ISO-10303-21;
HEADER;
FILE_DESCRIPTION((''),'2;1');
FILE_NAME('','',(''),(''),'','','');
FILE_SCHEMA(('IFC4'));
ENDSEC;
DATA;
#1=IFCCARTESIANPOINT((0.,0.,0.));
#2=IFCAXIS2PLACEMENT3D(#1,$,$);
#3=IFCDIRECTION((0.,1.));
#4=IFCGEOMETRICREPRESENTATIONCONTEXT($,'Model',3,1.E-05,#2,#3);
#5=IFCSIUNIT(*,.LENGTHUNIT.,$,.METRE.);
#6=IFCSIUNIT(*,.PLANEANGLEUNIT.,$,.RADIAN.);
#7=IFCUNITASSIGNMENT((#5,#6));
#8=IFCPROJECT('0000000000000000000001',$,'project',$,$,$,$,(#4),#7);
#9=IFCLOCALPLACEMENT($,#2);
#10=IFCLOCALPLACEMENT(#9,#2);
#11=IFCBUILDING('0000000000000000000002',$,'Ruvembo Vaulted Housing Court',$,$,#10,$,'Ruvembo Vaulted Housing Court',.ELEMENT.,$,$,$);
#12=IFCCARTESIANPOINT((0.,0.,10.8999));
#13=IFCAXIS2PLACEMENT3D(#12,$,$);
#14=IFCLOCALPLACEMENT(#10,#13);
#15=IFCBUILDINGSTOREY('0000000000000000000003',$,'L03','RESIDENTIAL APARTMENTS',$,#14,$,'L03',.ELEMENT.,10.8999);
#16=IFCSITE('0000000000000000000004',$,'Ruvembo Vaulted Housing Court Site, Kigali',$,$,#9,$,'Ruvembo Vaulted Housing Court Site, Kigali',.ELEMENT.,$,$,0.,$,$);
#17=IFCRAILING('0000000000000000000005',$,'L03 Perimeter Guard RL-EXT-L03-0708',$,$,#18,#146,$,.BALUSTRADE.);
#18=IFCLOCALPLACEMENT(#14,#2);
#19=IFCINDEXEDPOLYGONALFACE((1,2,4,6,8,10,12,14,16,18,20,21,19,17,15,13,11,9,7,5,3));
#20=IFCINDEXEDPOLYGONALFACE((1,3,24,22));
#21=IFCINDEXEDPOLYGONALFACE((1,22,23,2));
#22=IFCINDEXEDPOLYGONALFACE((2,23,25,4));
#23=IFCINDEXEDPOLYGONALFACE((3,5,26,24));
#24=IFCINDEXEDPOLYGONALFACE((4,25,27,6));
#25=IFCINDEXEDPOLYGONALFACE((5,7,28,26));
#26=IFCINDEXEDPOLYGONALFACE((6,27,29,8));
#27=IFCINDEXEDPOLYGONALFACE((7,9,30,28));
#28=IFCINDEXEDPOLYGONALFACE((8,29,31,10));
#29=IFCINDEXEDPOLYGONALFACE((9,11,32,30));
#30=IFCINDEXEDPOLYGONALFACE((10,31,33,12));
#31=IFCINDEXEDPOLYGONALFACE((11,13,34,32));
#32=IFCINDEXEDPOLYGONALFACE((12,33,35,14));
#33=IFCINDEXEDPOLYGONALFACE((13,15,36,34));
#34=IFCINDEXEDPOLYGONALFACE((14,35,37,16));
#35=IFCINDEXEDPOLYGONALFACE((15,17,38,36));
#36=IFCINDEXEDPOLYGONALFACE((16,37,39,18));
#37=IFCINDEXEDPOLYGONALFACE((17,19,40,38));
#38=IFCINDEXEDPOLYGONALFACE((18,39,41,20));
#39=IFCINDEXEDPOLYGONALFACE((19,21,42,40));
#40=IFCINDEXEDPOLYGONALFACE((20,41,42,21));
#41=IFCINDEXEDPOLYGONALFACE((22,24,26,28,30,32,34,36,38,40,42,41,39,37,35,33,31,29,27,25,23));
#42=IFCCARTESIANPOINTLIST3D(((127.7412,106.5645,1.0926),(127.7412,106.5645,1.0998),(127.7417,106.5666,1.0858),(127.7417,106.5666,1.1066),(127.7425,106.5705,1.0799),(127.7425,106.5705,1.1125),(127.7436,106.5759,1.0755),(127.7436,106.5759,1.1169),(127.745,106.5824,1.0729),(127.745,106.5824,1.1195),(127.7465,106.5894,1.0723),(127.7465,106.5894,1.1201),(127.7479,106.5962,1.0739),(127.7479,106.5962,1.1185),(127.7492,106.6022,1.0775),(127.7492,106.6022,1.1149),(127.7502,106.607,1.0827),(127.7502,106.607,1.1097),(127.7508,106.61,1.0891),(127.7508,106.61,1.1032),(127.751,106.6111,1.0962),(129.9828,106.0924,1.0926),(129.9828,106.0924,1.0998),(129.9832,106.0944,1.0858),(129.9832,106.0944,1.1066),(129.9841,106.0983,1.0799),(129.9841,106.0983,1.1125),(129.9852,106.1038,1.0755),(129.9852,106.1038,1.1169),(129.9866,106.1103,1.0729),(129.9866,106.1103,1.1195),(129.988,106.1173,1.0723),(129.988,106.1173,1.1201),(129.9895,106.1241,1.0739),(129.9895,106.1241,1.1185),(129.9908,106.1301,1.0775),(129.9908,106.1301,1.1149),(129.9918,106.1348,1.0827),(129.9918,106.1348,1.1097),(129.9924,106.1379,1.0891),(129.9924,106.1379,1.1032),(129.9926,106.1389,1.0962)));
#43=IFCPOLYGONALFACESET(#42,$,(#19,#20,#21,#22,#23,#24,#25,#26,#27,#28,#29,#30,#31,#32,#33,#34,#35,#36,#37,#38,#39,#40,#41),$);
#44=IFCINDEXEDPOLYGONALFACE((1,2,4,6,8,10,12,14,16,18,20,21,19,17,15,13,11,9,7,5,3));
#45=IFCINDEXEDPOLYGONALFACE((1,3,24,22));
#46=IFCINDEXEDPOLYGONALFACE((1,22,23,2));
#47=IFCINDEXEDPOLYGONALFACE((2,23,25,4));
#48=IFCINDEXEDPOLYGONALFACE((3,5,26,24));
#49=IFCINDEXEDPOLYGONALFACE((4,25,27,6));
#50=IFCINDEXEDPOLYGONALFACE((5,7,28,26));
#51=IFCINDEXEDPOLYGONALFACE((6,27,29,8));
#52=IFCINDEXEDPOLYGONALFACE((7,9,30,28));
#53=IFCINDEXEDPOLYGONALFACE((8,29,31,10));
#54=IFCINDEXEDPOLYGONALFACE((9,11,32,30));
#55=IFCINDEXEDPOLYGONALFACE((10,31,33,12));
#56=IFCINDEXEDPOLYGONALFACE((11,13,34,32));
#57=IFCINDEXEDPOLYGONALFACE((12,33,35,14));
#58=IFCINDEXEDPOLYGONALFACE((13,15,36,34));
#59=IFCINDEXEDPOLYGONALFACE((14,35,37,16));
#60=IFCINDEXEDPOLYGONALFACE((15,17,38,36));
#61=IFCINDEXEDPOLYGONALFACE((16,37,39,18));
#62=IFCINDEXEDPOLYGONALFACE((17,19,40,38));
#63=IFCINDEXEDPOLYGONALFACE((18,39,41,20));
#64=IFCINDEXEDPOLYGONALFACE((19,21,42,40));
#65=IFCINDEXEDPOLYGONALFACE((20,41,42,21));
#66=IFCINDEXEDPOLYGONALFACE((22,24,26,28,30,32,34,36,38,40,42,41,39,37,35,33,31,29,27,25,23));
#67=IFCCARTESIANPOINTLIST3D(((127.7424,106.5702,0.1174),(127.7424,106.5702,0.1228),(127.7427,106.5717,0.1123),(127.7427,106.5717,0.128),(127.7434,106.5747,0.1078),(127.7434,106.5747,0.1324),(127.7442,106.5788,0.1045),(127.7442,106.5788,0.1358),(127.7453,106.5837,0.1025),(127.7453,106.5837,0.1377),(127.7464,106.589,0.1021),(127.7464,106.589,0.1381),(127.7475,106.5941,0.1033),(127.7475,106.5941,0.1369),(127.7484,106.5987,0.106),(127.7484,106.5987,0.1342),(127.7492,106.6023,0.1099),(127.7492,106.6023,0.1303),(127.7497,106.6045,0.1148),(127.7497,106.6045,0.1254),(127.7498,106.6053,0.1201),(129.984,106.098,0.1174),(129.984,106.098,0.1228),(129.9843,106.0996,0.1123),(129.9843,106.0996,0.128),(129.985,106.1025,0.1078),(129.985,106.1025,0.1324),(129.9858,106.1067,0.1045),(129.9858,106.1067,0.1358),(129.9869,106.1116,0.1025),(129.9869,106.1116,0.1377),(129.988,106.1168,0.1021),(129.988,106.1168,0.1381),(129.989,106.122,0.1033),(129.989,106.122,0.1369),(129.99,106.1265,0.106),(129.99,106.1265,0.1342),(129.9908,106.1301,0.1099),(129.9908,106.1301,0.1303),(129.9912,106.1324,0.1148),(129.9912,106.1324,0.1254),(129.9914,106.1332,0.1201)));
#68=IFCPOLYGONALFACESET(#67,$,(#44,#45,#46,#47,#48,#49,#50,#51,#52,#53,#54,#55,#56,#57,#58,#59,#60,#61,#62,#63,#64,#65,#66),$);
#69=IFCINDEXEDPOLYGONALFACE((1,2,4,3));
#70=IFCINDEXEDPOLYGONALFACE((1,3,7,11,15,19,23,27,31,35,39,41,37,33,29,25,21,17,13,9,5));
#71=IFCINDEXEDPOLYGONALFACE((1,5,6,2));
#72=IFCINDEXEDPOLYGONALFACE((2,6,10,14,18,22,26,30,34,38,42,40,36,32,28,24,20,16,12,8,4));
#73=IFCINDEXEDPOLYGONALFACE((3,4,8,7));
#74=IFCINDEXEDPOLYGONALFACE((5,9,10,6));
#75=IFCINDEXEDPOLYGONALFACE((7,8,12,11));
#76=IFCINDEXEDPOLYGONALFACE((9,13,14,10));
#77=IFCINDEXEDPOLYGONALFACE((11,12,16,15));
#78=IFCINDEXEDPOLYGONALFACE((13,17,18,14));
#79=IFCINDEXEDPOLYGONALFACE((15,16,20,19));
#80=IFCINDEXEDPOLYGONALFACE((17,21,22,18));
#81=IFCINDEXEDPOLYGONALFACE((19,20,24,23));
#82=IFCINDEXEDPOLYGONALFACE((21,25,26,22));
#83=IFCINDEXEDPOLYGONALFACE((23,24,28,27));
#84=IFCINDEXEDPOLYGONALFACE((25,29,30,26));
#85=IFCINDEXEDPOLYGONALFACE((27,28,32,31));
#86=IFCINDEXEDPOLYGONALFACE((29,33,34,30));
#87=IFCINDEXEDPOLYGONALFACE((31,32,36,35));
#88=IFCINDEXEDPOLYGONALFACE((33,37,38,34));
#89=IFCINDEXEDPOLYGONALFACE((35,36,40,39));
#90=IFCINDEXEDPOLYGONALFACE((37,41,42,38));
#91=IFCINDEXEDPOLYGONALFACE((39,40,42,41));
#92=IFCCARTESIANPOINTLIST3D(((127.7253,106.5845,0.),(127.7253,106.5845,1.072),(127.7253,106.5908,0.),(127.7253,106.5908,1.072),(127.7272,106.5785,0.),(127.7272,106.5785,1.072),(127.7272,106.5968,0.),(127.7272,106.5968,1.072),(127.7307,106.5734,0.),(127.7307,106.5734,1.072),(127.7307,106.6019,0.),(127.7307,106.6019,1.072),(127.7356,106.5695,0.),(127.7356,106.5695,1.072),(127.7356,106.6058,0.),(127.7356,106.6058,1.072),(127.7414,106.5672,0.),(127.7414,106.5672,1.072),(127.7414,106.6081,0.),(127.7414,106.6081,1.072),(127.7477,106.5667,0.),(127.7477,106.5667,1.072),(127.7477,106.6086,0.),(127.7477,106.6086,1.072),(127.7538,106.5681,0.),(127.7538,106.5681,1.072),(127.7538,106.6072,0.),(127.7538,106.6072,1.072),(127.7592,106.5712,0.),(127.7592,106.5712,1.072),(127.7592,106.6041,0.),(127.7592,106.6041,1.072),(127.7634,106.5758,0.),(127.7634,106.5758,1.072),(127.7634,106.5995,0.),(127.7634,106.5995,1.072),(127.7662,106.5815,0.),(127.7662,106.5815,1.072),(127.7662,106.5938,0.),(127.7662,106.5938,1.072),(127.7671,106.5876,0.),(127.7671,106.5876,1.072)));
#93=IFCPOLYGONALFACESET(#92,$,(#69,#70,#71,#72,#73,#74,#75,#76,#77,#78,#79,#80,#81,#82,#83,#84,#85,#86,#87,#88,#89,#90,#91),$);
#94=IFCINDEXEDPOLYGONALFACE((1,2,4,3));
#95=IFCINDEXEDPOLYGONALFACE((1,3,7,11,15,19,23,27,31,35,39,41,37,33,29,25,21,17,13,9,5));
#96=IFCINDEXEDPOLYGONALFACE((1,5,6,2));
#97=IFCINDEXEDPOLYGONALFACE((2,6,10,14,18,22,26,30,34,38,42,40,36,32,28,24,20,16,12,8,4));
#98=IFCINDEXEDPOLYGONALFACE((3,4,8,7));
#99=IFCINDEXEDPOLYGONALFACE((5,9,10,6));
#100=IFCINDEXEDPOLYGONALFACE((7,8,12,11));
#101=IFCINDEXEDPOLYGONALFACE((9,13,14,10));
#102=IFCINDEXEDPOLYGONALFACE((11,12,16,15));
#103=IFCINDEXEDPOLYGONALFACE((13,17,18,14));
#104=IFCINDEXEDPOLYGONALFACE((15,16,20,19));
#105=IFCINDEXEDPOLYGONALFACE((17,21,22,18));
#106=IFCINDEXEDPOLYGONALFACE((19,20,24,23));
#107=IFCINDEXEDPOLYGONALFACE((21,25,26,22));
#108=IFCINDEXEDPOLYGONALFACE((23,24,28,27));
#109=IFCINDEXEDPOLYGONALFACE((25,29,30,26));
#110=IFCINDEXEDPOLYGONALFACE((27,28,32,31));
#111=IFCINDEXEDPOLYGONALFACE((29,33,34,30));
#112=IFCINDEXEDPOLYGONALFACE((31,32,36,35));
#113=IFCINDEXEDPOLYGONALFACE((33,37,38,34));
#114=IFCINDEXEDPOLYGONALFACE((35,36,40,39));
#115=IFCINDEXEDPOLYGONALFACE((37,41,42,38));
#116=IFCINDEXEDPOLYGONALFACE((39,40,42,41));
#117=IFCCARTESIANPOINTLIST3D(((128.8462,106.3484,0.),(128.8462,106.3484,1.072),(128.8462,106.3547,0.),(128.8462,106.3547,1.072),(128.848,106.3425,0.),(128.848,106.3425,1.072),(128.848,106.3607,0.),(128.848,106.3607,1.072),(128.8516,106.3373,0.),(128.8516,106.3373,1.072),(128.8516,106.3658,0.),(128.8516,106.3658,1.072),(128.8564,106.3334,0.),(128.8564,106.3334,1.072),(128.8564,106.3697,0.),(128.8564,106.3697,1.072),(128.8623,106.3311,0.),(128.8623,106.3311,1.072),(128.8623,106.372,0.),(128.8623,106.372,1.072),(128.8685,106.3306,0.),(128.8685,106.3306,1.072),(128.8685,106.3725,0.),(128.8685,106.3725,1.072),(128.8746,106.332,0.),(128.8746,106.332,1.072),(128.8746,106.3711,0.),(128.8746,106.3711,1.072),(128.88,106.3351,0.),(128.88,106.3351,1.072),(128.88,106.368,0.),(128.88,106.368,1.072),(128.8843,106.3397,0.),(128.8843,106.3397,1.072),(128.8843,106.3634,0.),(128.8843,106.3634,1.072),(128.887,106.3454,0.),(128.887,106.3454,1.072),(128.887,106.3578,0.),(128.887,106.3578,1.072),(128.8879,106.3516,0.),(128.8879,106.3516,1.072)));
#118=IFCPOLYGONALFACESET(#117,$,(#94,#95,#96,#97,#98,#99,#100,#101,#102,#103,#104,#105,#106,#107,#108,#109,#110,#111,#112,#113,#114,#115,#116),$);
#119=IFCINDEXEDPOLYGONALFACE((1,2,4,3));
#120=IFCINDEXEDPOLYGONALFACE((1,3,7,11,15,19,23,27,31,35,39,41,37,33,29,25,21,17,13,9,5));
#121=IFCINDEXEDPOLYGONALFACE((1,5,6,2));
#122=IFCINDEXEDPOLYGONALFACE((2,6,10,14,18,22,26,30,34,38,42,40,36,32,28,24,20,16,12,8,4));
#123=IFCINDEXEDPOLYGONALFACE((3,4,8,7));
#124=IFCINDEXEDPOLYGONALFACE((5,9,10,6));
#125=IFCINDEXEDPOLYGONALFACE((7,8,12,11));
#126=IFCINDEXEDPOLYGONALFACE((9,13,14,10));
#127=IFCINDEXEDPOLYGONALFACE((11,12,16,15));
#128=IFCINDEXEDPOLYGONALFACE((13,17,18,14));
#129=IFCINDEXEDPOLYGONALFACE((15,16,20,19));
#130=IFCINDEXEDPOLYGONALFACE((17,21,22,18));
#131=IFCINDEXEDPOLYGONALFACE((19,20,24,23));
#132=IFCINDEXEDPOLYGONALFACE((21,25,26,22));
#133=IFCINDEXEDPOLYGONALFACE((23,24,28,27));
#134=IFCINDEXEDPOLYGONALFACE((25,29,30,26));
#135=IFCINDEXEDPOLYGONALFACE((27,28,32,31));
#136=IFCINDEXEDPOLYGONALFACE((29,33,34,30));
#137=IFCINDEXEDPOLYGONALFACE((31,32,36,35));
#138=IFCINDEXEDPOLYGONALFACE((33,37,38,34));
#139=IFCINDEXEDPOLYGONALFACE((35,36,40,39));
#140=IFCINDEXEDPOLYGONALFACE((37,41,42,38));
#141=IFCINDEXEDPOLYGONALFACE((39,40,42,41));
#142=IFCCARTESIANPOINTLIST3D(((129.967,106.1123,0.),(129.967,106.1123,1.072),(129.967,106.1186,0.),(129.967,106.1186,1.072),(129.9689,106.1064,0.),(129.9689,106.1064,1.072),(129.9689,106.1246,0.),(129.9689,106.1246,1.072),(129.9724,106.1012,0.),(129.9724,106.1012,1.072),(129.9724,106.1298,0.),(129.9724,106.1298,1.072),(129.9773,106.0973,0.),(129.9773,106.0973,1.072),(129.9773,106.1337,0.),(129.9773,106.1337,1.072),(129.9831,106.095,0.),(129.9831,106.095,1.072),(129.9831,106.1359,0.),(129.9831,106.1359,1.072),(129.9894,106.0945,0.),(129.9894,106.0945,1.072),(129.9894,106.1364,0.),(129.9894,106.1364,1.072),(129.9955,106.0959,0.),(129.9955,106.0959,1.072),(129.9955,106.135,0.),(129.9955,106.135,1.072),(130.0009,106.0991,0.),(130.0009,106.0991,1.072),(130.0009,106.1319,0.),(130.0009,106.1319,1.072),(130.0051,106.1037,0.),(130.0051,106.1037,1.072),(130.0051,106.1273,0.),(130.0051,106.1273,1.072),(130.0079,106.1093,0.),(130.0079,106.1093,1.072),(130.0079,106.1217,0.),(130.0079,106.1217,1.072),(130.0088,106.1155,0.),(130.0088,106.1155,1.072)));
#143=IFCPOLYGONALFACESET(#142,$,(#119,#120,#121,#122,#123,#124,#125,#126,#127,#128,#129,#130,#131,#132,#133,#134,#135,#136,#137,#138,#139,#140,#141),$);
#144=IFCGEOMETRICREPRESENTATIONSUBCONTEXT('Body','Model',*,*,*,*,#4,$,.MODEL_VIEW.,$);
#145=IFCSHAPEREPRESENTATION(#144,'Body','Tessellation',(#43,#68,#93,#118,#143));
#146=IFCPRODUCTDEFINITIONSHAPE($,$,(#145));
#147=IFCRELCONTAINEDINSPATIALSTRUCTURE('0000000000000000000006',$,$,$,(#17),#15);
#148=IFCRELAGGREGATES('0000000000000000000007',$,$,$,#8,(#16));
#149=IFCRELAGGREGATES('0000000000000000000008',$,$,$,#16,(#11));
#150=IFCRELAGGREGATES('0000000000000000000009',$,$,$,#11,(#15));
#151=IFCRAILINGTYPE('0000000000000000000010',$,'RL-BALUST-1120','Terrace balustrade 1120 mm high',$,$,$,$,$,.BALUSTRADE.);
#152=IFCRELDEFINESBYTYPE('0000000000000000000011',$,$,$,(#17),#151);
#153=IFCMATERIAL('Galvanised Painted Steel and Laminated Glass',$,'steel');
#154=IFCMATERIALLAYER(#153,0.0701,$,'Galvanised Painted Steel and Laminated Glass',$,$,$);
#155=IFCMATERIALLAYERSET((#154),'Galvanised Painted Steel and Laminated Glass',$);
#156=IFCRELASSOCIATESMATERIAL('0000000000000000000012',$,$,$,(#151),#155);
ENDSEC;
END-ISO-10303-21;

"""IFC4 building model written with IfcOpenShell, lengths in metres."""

from ifc_helpers import new_model, si_unit, direction, frame, origin, origin_2d, place, context, subcontext, project, spatial, circle, extrude, material, layer, layer_set, type_object, element, save


model = new_model("IFC4")

# Units and contexts
model_context = context("Model", 3, precision=1e-05, world=origin(), true_north=direction((0.0, 1.0)))
body_context = subcontext(model_context, "Body", "Model", "MODEL_VIEW")
ifc_project = project(units=[si_unit("LENGTHUNIT", "METRE"), si_unit("PLANEANGLEUNIT", "RADIAN")], contexts=[model_context])

# Site, building, storey
site_placement = place(None, origin())
site = spatial("IfcSite", under=ifc_project, at=site_placement, Name="Ruvembo Vaulted Housing Court Site, Kigali", LongName="Ruvembo Vaulted Housing Court Site, Kigali", CompositionType="ELEMENT", RefElevation=0.0)
building_placement = place(site_placement, origin())
building = spatial("IfcBuilding", under=site, at=building_placement, Name="Ruvembo Vaulted Housing Court", LongName="Ruvembo Vaulted Housing Court", CompositionType="ELEMENT")
storey_placement = place(building_placement, frame((0.0, 0.0, 10.8999)))
storey = spatial("IfcBuildingStorey", under=building, at=storey_placement, Name="L03", Description="RESIDENTIAL APARTMENTS", LongName="L03", CompositionType="ELEMENT", Elevation=10.8999)

# Railing
ifc_material_1 = material(Name="Galvanised Painted Steel and Laminated Glass", Category="steel")
ifc_layer_1 = layer(ifc_material_1, 0.0701, Name="Galvanised Painted Steel and Laminated Glass")
ifc_layer_set_1 = layer_set([ifc_layer_1], Name="Galvanised Painted Steel and Laminated Glass")
railing_type = type_object("IfcRailingType", Name="RL-BALUST-1120", Description="Terrace balustrade 1120 mm high", PredefinedType="BALUSTRADE", material=ifc_layer_set_1)
railing_1_placement = place(storey_placement, frame((127.7461, 106.5876, 0.0)))
element("IfcRailing", 1, at=railing_1_placement, inside=storey, type_object=railing_type, Name="L03 Perimeter Guard RL-EXT-L03-0708", PredefinedType="BALUSTRADE", context=body_context, shape_type="SweptSolid", body=[
    extrude(circle(Radius=0.0239, at=origin_2d()), frame((0.0, 0.0, 1.0962), z_axis=(0.978529, -0.206107, 0.0), x_axis=(0.206107, 0.978529, 0.0)), (0.0, 0.0, 1.0), 2.2908),
    extrude(circle(Radius=0.0181, at=origin_2d()), frame((0.0, 0.0, 0.1201), z_axis=(0.978529, -0.206107, 0.0), x_axis=(0.206107, 0.978529, 0.0)), (0.0, 0.0, 1.0), 2.2908),
    extrude(circle(Radius=0.021, at=origin_2d()), origin(), (0.0, 0.0, 1.0), 1.072),
    extrude(circle(Radius=0.021, at=origin_2d()), frame((1.1208, -0.2361, 0.0)), (0.0, 0.0, 1.0), 1.072),
    extrude(circle(Radius=0.021, at=origin_2d()), frame((2.2417, -0.4722, 0.0)), (0.0, 0.0, 1.0), 1.072),
])

save(model, "model.ifc")
